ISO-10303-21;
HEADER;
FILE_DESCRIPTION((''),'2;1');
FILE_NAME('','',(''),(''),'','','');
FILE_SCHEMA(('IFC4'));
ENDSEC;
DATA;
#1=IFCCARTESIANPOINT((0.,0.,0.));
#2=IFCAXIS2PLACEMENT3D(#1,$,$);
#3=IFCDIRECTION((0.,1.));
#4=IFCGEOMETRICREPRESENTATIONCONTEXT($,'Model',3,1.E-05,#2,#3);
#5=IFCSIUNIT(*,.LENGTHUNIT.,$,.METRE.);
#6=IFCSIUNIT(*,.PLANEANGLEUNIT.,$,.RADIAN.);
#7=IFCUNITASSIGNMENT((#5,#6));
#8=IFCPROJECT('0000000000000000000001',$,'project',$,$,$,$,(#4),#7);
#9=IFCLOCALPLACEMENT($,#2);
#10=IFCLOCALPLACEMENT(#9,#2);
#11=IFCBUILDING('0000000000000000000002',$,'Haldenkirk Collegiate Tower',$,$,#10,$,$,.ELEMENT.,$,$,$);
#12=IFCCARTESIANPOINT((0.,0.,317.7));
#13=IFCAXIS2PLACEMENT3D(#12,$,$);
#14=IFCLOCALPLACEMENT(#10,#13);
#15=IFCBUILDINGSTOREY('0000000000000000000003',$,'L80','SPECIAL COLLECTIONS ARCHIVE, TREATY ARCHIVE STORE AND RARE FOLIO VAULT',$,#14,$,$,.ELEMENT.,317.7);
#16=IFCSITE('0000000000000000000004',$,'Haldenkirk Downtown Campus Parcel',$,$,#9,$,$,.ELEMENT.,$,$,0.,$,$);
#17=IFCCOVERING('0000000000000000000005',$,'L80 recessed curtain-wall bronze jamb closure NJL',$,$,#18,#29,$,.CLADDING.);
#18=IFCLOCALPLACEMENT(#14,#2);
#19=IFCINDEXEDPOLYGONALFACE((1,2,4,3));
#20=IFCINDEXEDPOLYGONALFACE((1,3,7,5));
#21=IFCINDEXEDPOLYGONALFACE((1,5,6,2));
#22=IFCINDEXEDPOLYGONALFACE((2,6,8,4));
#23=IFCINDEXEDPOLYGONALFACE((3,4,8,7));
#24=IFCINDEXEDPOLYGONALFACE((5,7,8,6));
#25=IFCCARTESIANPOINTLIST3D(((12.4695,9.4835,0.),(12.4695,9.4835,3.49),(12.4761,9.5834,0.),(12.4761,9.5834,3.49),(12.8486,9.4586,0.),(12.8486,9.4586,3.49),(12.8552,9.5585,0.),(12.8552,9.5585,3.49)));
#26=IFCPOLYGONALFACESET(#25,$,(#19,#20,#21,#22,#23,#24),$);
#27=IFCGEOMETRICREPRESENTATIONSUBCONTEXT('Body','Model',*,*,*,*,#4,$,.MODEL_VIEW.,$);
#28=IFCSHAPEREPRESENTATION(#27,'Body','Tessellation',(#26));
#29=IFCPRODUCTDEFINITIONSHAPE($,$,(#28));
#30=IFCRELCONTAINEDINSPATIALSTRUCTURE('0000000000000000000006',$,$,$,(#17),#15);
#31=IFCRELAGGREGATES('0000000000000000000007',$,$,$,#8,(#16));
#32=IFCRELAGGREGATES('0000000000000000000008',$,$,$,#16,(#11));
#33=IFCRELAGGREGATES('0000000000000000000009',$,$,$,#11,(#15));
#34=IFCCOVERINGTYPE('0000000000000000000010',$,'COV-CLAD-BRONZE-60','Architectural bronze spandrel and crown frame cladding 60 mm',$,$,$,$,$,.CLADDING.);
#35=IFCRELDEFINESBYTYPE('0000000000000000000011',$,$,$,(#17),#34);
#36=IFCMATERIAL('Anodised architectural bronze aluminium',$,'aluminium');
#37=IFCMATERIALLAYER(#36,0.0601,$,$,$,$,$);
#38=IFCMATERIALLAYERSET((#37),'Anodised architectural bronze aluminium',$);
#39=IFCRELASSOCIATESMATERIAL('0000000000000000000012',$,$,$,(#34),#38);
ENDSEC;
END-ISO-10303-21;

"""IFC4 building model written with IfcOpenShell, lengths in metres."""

from ifc_helpers import new_model, si_unit, direction, frame, origin, origin_2d, place, context, subcontext, project, spatial, rectangle, extrude, source, transform, mapped, material, layer, layer_set, type_object, element, save


model = new_model("IFC4")

# Units and contexts
model_context = context("Model", 3, precision=1e-05, world=origin(), true_north=direction((0.0, 1.0)))
body_context = subcontext(model_context, "Body", "Model", "MODEL_VIEW")
ifc_project = project(units=[si_unit("LENGTHUNIT", "METRE"), si_unit("PLANEANGLEUNIT", "RADIAN")], contexts=[model_context])

# Site, building, storey
site_placement = place(None, origin())
site = spatial("IfcSite", under=ifc_project, at=site_placement, Name="Haldenkirk Downtown Campus Parcel", CompositionType="ELEMENT", RefElevation=0.0)
building_placement = place(site_placement, origin())
building = spatial("IfcBuilding", under=site, at=building_placement, Name="Haldenkirk Collegiate Tower", CompositionType="ELEMENT")
storey_placement = place(building_placement, frame((0.0, 0.0, 317.7)))
storey = spatial("IfcBuildingStorey", under=building, at=storey_placement, Name="L80", Description="SPECIAL COLLECTIONS ARCHIVE, TREATY ARCHIVE STORE AND RARE FOLIO VAULT", CompositionType="ELEMENT", Elevation=317.7)

# Shared definitions
ifc_material_1 = material(Name="Anodised architectural bronze aluminium", Category="aluminium")

# Covering
ifc_layer_1 = layer(ifc_material_1, 0.0601)
ifc_layer_set_1 = layer_set([ifc_layer_1], Name="Anodised architectural bronze aluminium")
covering_type_1 = type_object("IfcCoveringType", Name="COV-CLAD-BRONZE-60", Description="Architectural bronze spandrel and crown frame cladding 60 mm", PredefinedType="CLADDING", material=ifc_layer_set_1)
shared_shape_1 = source(origin(), body_context, "Body", "SweptSolid", [
    extrude(rectangle(XDim=0.1001, YDim=0.3799, at=origin_2d()), origin(), (0.0, 0.0, 1.0), 3.49),
])
covering_1_placement = place(storey_placement, frame((12.6624, 9.521, 0.0), z_axis=(0.0, 0.0, 1.0), x_axis=(0.065403, 0.997859, 0.0)))
element("IfcCovering", 1, at=covering_1_placement, inside=storey, type_object=covering_type_1, Name="L80 recessed curtain-wall bronze jamb closure NJL", PredefinedType="CLADDING", context=body_context, shape_type="MappedRepresentation", body=[
    mapped(shared_shape_1, transform((0.0, 0.0, 0.0), x_axis=(1.0, 0.0, 0.0), y_axis=(0.0, 1.0, 0.0), z_axis=(0.0, 0.0, 1.0), scale=1.0)),
])

save(model, "model.ifc")
